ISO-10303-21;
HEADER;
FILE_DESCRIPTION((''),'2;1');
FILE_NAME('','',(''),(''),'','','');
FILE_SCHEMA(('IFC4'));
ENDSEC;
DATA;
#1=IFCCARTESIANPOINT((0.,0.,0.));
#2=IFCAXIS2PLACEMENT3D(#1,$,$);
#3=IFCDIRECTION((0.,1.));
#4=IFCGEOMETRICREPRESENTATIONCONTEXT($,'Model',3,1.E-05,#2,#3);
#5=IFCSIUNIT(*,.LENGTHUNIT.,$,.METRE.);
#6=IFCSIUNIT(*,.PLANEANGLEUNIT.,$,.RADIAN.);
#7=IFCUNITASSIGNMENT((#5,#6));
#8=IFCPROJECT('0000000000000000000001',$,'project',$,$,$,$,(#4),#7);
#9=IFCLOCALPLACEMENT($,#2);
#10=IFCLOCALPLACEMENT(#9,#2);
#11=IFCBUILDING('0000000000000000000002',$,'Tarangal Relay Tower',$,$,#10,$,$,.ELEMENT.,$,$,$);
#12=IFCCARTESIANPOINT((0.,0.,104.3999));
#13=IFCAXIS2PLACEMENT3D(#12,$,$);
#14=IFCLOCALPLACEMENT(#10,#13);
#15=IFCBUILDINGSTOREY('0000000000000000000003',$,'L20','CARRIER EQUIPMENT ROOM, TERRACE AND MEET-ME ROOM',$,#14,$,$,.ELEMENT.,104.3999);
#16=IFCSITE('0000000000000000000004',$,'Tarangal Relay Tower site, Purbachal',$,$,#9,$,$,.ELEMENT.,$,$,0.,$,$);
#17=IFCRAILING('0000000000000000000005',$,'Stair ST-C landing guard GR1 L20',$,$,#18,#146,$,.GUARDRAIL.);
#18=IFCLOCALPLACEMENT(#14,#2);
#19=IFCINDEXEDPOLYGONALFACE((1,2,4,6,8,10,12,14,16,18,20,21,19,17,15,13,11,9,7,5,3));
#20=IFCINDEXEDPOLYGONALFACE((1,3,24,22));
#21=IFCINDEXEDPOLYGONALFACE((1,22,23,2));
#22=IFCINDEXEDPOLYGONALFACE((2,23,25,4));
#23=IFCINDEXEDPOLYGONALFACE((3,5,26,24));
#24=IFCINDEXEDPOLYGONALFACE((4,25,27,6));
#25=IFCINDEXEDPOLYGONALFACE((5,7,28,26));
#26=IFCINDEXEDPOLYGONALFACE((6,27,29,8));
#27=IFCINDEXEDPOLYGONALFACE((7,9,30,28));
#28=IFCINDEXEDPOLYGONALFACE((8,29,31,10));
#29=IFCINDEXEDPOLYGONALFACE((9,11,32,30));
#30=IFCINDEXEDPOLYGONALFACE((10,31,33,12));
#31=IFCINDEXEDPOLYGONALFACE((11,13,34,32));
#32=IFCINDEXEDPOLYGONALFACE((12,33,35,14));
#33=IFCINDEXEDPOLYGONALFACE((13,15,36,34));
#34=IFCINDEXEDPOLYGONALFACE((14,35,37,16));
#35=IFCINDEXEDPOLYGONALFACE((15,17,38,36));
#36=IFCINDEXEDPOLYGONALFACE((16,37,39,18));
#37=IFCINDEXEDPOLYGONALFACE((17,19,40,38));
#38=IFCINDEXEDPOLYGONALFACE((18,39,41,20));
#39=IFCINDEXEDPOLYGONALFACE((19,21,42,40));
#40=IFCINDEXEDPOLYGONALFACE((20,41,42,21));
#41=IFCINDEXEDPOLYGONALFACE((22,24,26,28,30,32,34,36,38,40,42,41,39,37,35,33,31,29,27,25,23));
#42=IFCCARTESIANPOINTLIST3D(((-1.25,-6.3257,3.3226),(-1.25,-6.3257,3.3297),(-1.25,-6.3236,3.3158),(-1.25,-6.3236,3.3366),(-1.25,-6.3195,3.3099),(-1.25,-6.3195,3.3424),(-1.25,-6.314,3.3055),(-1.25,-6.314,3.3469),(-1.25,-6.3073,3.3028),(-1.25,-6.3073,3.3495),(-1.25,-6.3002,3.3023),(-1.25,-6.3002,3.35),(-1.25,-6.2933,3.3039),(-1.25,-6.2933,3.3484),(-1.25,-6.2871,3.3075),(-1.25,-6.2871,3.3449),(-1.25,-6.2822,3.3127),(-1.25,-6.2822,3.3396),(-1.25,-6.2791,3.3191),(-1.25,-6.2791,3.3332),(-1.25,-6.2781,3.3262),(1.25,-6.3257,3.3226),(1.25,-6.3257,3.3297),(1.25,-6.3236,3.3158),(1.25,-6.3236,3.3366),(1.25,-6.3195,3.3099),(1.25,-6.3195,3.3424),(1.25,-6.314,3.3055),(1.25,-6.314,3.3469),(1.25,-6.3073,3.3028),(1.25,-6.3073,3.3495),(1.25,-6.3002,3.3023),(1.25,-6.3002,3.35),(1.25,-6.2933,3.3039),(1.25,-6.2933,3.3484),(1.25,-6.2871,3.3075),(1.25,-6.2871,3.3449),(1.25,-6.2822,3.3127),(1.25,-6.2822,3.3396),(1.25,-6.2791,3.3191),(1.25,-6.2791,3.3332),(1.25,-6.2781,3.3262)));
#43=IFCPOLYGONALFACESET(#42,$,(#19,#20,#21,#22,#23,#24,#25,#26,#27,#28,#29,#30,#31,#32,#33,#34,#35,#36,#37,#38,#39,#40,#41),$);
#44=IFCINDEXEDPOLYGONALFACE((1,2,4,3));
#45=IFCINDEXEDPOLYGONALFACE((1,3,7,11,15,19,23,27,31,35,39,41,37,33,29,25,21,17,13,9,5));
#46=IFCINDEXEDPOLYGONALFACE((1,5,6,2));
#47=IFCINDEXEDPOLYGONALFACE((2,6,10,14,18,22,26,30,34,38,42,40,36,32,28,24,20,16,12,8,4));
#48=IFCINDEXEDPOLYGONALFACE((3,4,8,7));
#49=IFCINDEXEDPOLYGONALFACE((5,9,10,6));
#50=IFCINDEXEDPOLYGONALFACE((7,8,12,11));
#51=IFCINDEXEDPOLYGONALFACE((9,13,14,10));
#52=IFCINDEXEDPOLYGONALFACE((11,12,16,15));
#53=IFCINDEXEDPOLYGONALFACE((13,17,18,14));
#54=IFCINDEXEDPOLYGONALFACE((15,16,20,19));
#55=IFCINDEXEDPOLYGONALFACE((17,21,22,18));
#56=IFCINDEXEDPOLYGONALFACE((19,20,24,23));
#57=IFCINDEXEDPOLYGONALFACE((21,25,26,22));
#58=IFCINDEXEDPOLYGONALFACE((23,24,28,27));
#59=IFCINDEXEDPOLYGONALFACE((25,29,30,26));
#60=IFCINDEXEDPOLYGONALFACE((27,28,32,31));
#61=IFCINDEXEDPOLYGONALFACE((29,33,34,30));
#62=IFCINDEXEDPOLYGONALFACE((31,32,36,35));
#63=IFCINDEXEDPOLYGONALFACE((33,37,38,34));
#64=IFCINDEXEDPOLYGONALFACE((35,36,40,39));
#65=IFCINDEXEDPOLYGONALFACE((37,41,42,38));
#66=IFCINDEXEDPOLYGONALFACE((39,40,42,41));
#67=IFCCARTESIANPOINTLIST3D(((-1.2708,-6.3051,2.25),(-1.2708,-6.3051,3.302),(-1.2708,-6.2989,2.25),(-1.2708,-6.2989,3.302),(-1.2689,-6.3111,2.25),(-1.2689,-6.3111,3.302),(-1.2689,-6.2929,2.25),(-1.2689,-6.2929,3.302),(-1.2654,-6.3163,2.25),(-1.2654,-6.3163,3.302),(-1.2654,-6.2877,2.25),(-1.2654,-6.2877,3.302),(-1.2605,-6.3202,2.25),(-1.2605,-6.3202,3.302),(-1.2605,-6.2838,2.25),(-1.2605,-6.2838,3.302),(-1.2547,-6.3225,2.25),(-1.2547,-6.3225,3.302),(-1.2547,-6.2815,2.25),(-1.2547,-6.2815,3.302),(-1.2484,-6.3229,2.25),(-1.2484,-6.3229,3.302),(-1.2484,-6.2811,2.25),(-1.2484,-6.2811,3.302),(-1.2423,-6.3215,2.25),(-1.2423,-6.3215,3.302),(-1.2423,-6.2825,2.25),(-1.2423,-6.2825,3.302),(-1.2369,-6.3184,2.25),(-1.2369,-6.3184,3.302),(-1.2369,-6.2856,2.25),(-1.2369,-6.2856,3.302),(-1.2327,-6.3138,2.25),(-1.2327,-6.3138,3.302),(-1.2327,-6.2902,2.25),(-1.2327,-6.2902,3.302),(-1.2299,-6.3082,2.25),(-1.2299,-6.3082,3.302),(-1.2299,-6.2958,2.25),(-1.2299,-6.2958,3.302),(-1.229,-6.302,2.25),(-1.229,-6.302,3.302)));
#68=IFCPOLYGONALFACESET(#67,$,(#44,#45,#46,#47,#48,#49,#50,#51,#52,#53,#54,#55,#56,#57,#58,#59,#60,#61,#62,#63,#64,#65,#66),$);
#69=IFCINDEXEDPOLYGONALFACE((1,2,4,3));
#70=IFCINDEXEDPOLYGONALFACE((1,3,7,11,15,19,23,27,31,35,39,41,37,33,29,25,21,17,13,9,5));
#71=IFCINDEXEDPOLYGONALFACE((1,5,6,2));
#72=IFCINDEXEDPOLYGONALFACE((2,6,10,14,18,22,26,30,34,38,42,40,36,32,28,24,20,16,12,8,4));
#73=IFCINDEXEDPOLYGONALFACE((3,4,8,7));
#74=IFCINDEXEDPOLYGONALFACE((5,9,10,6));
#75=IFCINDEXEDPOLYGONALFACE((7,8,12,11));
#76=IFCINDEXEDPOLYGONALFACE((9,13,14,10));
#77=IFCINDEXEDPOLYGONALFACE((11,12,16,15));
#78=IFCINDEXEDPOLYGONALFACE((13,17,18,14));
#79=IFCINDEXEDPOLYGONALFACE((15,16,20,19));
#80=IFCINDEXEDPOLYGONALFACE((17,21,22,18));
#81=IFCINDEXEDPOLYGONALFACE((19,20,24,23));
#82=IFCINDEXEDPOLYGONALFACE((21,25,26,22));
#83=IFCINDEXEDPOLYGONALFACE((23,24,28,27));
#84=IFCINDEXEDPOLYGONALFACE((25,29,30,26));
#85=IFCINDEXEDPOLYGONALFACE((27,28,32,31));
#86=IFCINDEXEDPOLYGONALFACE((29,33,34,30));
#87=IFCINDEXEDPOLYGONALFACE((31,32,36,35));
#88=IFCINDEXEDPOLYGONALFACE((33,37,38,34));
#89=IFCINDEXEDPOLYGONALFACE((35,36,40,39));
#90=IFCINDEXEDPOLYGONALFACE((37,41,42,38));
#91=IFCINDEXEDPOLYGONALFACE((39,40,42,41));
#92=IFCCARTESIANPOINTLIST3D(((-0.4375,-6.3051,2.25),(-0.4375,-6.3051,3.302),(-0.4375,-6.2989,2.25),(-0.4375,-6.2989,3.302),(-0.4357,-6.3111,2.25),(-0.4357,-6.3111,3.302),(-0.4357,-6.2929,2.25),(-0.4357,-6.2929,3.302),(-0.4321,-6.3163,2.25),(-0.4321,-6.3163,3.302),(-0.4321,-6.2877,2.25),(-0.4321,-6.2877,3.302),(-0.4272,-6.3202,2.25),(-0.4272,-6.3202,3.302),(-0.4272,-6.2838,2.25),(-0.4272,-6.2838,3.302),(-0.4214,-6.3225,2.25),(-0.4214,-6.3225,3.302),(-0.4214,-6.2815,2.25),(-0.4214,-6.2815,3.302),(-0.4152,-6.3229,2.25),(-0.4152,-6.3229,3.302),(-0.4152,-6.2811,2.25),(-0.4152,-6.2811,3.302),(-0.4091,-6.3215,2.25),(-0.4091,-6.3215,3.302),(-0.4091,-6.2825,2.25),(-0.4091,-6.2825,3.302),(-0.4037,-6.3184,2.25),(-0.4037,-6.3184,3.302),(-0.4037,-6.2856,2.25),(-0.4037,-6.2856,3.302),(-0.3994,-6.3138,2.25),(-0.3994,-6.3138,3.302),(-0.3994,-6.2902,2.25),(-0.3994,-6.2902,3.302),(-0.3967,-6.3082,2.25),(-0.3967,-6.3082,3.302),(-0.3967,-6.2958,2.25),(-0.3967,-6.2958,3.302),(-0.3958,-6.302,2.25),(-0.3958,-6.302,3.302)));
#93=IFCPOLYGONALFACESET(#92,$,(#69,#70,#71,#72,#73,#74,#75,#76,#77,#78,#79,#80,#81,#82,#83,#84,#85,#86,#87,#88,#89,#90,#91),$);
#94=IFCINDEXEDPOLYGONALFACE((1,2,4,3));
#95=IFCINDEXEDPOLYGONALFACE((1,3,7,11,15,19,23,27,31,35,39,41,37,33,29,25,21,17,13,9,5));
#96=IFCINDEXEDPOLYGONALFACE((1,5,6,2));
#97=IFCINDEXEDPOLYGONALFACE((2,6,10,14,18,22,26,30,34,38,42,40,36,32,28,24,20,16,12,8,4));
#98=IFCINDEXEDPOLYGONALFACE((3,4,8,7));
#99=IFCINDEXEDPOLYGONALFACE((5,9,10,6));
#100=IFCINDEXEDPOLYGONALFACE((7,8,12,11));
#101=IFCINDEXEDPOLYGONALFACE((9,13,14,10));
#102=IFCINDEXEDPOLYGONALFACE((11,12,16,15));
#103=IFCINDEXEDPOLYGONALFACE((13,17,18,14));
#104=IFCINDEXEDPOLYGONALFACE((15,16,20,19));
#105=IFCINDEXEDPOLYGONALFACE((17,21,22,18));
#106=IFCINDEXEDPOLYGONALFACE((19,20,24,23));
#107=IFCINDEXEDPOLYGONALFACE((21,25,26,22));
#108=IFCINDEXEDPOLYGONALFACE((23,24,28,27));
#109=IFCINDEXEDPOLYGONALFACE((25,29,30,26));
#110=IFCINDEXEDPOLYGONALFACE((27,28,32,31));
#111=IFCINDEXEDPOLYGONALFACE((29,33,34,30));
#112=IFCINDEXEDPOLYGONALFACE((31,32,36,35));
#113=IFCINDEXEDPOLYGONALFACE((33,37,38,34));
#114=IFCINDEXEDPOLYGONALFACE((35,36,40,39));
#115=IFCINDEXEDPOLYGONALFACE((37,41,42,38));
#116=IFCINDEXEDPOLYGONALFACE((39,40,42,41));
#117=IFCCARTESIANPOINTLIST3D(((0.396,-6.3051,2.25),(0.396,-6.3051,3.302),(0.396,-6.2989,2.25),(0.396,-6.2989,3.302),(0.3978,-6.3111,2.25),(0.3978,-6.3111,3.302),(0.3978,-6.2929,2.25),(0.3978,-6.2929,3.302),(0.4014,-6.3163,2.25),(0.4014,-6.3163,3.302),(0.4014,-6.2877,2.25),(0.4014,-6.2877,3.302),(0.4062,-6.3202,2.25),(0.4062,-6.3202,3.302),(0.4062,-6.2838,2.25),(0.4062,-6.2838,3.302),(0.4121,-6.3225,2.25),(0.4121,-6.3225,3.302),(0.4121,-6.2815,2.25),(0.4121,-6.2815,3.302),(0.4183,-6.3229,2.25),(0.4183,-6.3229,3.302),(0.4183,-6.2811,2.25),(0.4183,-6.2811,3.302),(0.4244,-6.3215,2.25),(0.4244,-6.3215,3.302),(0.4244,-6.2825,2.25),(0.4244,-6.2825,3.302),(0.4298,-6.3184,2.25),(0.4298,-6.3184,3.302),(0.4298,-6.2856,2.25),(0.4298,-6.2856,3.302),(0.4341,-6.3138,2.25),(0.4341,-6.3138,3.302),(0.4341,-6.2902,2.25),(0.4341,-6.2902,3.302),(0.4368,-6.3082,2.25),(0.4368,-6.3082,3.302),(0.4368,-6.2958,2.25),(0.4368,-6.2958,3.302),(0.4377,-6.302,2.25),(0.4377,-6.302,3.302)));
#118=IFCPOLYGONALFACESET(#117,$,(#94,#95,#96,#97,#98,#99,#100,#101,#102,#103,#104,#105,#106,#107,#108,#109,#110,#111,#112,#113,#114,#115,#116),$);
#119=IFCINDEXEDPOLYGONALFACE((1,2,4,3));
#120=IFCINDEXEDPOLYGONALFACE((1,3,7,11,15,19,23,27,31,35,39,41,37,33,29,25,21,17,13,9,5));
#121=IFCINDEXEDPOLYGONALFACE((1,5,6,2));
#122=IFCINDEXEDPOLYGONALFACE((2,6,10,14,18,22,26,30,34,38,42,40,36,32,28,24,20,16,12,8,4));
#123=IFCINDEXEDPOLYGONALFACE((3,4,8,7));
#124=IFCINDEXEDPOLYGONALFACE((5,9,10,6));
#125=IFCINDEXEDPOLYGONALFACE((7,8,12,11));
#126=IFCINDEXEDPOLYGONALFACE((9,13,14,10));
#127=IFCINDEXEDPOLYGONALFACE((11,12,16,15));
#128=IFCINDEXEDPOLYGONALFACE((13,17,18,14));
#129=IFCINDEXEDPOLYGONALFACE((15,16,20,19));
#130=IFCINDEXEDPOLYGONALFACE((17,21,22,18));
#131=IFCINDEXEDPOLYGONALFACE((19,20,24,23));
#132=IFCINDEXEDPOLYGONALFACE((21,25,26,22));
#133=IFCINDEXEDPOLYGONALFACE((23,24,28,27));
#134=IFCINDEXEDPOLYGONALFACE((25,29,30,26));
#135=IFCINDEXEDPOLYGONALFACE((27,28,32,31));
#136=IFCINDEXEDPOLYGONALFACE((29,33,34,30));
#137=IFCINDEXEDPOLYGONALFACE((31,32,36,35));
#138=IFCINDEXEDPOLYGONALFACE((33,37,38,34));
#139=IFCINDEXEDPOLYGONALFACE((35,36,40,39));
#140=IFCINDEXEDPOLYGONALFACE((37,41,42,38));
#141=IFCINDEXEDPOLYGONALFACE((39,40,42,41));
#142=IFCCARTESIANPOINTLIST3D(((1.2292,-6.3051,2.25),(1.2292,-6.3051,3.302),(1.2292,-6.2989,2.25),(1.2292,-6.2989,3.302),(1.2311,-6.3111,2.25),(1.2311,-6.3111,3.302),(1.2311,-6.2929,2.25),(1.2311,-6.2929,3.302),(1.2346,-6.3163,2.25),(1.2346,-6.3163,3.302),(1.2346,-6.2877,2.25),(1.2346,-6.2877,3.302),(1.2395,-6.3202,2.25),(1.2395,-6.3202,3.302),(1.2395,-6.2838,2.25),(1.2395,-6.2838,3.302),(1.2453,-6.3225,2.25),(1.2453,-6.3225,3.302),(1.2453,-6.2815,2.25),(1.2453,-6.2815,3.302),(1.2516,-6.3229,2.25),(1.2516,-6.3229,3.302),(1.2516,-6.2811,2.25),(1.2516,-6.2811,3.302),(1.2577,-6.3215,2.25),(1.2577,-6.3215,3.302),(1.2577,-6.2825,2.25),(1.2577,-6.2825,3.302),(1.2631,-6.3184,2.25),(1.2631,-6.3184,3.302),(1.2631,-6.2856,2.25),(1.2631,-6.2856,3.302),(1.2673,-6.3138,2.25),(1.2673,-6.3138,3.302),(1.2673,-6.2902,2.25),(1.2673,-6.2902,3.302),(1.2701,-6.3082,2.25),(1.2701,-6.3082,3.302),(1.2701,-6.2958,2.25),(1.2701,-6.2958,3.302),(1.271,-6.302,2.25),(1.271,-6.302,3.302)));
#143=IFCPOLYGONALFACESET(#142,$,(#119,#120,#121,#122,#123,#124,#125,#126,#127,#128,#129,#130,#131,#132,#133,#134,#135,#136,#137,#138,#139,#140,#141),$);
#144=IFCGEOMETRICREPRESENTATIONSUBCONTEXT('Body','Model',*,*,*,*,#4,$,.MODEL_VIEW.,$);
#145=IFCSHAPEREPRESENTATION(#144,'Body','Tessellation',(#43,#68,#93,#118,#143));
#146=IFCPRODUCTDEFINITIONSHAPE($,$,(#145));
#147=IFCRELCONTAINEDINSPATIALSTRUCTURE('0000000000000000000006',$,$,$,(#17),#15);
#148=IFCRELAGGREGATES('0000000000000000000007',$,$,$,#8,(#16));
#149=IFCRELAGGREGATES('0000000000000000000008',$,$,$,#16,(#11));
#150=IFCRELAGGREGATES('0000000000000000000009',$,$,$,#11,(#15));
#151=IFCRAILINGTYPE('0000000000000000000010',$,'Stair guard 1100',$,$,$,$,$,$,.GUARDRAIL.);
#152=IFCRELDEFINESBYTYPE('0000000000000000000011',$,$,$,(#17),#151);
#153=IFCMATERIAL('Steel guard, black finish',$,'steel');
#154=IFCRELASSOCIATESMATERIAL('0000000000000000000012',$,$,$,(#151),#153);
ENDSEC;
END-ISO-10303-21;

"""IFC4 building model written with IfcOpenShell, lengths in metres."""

from ifc_helpers import new_model, si_unit, direction, frame, origin, origin_2d, place, context, subcontext, project, spatial, circle, extrude, material, type_object, element, save


model = new_model("IFC4")

# Units and contexts
model_context = context("Model", 3, precision=1e-05, world=origin(), true_north=direction((0.0, 1.0)))
body_context = subcontext(model_context, "Body", "Model", "MODEL_VIEW")
ifc_project = project(units=[si_unit("LENGTHUNIT", "METRE"), si_unit("PLANEANGLEUNIT", "RADIAN")], contexts=[model_context])

# Site, building, storey
site_placement = place(None, origin())
site = spatial("IfcSite", under=ifc_project, at=site_placement, Name="Tarangal Relay Tower site, Purbachal", CompositionType="ELEMENT", RefElevation=0.0)
building_placement = place(site_placement, origin())
building = spatial("IfcBuilding", under=site, at=building_placement, Name="Tarangal Relay Tower", CompositionType="ELEMENT")
storey_placement = place(building_placement, frame((0.0, 0.0, 104.3999)))
storey = spatial("IfcBuildingStorey", under=building, at=storey_placement, Name="L20", Description="CARRIER EQUIPMENT ROOM, TERRACE AND MEET-ME ROOM", CompositionType="ELEMENT", Elevation=104.3999)

# Railing
ifc_material_1 = material(Name="Steel guard, black finish", Category="steel")
railing_type_1 = type_object("IfcRailingType", Name="Stair guard 1100", PredefinedType="GUARDRAIL", material=ifc_material_1)
for number, where, name in (
    (1, (-1.25, -6.302, 2.25), "Stair ST-C landing guard GR1 L20"),
):
    element("IfcRailing", number, at=place(storey_placement, frame(where)), inside=storey, type_object=railing_type_1, Name=name, PredefinedType="GUARDRAIL", context=body_context, shape_type="SweptSolid", body=[
        extrude(circle(Radius=0.0239, at=origin_2d()), frame((0.0, 0.0, 1.0762), z_axis=(1.0, 0.0, 0.0), x_axis=(0.0, 1.0, 0.0)), (0.0, 0.0, 1.0), 2.5),
        extrude(circle(Radius=0.021, at=origin_2d()), origin(), (0.0, 0.0, 1.0), 1.052),
        extrude(circle(Radius=0.021, at=origin_2d()), frame((0.8333, 0.0, 0.0)), (0.0, 0.0, 1.0), 1.052),
        extrude(circle(Radius=0.021, at=origin_2d()), frame((1.6667, 0.0, 0.0)), (0.0, 0.0, 1.0), 1.052),
        extrude(circle(Radius=0.021, at=origin_2d()), frame((2.5, 0.0, 0.0)), (0.0, 0.0, 1.0), 1.052),
    ])

save(model, "model.ifc")
